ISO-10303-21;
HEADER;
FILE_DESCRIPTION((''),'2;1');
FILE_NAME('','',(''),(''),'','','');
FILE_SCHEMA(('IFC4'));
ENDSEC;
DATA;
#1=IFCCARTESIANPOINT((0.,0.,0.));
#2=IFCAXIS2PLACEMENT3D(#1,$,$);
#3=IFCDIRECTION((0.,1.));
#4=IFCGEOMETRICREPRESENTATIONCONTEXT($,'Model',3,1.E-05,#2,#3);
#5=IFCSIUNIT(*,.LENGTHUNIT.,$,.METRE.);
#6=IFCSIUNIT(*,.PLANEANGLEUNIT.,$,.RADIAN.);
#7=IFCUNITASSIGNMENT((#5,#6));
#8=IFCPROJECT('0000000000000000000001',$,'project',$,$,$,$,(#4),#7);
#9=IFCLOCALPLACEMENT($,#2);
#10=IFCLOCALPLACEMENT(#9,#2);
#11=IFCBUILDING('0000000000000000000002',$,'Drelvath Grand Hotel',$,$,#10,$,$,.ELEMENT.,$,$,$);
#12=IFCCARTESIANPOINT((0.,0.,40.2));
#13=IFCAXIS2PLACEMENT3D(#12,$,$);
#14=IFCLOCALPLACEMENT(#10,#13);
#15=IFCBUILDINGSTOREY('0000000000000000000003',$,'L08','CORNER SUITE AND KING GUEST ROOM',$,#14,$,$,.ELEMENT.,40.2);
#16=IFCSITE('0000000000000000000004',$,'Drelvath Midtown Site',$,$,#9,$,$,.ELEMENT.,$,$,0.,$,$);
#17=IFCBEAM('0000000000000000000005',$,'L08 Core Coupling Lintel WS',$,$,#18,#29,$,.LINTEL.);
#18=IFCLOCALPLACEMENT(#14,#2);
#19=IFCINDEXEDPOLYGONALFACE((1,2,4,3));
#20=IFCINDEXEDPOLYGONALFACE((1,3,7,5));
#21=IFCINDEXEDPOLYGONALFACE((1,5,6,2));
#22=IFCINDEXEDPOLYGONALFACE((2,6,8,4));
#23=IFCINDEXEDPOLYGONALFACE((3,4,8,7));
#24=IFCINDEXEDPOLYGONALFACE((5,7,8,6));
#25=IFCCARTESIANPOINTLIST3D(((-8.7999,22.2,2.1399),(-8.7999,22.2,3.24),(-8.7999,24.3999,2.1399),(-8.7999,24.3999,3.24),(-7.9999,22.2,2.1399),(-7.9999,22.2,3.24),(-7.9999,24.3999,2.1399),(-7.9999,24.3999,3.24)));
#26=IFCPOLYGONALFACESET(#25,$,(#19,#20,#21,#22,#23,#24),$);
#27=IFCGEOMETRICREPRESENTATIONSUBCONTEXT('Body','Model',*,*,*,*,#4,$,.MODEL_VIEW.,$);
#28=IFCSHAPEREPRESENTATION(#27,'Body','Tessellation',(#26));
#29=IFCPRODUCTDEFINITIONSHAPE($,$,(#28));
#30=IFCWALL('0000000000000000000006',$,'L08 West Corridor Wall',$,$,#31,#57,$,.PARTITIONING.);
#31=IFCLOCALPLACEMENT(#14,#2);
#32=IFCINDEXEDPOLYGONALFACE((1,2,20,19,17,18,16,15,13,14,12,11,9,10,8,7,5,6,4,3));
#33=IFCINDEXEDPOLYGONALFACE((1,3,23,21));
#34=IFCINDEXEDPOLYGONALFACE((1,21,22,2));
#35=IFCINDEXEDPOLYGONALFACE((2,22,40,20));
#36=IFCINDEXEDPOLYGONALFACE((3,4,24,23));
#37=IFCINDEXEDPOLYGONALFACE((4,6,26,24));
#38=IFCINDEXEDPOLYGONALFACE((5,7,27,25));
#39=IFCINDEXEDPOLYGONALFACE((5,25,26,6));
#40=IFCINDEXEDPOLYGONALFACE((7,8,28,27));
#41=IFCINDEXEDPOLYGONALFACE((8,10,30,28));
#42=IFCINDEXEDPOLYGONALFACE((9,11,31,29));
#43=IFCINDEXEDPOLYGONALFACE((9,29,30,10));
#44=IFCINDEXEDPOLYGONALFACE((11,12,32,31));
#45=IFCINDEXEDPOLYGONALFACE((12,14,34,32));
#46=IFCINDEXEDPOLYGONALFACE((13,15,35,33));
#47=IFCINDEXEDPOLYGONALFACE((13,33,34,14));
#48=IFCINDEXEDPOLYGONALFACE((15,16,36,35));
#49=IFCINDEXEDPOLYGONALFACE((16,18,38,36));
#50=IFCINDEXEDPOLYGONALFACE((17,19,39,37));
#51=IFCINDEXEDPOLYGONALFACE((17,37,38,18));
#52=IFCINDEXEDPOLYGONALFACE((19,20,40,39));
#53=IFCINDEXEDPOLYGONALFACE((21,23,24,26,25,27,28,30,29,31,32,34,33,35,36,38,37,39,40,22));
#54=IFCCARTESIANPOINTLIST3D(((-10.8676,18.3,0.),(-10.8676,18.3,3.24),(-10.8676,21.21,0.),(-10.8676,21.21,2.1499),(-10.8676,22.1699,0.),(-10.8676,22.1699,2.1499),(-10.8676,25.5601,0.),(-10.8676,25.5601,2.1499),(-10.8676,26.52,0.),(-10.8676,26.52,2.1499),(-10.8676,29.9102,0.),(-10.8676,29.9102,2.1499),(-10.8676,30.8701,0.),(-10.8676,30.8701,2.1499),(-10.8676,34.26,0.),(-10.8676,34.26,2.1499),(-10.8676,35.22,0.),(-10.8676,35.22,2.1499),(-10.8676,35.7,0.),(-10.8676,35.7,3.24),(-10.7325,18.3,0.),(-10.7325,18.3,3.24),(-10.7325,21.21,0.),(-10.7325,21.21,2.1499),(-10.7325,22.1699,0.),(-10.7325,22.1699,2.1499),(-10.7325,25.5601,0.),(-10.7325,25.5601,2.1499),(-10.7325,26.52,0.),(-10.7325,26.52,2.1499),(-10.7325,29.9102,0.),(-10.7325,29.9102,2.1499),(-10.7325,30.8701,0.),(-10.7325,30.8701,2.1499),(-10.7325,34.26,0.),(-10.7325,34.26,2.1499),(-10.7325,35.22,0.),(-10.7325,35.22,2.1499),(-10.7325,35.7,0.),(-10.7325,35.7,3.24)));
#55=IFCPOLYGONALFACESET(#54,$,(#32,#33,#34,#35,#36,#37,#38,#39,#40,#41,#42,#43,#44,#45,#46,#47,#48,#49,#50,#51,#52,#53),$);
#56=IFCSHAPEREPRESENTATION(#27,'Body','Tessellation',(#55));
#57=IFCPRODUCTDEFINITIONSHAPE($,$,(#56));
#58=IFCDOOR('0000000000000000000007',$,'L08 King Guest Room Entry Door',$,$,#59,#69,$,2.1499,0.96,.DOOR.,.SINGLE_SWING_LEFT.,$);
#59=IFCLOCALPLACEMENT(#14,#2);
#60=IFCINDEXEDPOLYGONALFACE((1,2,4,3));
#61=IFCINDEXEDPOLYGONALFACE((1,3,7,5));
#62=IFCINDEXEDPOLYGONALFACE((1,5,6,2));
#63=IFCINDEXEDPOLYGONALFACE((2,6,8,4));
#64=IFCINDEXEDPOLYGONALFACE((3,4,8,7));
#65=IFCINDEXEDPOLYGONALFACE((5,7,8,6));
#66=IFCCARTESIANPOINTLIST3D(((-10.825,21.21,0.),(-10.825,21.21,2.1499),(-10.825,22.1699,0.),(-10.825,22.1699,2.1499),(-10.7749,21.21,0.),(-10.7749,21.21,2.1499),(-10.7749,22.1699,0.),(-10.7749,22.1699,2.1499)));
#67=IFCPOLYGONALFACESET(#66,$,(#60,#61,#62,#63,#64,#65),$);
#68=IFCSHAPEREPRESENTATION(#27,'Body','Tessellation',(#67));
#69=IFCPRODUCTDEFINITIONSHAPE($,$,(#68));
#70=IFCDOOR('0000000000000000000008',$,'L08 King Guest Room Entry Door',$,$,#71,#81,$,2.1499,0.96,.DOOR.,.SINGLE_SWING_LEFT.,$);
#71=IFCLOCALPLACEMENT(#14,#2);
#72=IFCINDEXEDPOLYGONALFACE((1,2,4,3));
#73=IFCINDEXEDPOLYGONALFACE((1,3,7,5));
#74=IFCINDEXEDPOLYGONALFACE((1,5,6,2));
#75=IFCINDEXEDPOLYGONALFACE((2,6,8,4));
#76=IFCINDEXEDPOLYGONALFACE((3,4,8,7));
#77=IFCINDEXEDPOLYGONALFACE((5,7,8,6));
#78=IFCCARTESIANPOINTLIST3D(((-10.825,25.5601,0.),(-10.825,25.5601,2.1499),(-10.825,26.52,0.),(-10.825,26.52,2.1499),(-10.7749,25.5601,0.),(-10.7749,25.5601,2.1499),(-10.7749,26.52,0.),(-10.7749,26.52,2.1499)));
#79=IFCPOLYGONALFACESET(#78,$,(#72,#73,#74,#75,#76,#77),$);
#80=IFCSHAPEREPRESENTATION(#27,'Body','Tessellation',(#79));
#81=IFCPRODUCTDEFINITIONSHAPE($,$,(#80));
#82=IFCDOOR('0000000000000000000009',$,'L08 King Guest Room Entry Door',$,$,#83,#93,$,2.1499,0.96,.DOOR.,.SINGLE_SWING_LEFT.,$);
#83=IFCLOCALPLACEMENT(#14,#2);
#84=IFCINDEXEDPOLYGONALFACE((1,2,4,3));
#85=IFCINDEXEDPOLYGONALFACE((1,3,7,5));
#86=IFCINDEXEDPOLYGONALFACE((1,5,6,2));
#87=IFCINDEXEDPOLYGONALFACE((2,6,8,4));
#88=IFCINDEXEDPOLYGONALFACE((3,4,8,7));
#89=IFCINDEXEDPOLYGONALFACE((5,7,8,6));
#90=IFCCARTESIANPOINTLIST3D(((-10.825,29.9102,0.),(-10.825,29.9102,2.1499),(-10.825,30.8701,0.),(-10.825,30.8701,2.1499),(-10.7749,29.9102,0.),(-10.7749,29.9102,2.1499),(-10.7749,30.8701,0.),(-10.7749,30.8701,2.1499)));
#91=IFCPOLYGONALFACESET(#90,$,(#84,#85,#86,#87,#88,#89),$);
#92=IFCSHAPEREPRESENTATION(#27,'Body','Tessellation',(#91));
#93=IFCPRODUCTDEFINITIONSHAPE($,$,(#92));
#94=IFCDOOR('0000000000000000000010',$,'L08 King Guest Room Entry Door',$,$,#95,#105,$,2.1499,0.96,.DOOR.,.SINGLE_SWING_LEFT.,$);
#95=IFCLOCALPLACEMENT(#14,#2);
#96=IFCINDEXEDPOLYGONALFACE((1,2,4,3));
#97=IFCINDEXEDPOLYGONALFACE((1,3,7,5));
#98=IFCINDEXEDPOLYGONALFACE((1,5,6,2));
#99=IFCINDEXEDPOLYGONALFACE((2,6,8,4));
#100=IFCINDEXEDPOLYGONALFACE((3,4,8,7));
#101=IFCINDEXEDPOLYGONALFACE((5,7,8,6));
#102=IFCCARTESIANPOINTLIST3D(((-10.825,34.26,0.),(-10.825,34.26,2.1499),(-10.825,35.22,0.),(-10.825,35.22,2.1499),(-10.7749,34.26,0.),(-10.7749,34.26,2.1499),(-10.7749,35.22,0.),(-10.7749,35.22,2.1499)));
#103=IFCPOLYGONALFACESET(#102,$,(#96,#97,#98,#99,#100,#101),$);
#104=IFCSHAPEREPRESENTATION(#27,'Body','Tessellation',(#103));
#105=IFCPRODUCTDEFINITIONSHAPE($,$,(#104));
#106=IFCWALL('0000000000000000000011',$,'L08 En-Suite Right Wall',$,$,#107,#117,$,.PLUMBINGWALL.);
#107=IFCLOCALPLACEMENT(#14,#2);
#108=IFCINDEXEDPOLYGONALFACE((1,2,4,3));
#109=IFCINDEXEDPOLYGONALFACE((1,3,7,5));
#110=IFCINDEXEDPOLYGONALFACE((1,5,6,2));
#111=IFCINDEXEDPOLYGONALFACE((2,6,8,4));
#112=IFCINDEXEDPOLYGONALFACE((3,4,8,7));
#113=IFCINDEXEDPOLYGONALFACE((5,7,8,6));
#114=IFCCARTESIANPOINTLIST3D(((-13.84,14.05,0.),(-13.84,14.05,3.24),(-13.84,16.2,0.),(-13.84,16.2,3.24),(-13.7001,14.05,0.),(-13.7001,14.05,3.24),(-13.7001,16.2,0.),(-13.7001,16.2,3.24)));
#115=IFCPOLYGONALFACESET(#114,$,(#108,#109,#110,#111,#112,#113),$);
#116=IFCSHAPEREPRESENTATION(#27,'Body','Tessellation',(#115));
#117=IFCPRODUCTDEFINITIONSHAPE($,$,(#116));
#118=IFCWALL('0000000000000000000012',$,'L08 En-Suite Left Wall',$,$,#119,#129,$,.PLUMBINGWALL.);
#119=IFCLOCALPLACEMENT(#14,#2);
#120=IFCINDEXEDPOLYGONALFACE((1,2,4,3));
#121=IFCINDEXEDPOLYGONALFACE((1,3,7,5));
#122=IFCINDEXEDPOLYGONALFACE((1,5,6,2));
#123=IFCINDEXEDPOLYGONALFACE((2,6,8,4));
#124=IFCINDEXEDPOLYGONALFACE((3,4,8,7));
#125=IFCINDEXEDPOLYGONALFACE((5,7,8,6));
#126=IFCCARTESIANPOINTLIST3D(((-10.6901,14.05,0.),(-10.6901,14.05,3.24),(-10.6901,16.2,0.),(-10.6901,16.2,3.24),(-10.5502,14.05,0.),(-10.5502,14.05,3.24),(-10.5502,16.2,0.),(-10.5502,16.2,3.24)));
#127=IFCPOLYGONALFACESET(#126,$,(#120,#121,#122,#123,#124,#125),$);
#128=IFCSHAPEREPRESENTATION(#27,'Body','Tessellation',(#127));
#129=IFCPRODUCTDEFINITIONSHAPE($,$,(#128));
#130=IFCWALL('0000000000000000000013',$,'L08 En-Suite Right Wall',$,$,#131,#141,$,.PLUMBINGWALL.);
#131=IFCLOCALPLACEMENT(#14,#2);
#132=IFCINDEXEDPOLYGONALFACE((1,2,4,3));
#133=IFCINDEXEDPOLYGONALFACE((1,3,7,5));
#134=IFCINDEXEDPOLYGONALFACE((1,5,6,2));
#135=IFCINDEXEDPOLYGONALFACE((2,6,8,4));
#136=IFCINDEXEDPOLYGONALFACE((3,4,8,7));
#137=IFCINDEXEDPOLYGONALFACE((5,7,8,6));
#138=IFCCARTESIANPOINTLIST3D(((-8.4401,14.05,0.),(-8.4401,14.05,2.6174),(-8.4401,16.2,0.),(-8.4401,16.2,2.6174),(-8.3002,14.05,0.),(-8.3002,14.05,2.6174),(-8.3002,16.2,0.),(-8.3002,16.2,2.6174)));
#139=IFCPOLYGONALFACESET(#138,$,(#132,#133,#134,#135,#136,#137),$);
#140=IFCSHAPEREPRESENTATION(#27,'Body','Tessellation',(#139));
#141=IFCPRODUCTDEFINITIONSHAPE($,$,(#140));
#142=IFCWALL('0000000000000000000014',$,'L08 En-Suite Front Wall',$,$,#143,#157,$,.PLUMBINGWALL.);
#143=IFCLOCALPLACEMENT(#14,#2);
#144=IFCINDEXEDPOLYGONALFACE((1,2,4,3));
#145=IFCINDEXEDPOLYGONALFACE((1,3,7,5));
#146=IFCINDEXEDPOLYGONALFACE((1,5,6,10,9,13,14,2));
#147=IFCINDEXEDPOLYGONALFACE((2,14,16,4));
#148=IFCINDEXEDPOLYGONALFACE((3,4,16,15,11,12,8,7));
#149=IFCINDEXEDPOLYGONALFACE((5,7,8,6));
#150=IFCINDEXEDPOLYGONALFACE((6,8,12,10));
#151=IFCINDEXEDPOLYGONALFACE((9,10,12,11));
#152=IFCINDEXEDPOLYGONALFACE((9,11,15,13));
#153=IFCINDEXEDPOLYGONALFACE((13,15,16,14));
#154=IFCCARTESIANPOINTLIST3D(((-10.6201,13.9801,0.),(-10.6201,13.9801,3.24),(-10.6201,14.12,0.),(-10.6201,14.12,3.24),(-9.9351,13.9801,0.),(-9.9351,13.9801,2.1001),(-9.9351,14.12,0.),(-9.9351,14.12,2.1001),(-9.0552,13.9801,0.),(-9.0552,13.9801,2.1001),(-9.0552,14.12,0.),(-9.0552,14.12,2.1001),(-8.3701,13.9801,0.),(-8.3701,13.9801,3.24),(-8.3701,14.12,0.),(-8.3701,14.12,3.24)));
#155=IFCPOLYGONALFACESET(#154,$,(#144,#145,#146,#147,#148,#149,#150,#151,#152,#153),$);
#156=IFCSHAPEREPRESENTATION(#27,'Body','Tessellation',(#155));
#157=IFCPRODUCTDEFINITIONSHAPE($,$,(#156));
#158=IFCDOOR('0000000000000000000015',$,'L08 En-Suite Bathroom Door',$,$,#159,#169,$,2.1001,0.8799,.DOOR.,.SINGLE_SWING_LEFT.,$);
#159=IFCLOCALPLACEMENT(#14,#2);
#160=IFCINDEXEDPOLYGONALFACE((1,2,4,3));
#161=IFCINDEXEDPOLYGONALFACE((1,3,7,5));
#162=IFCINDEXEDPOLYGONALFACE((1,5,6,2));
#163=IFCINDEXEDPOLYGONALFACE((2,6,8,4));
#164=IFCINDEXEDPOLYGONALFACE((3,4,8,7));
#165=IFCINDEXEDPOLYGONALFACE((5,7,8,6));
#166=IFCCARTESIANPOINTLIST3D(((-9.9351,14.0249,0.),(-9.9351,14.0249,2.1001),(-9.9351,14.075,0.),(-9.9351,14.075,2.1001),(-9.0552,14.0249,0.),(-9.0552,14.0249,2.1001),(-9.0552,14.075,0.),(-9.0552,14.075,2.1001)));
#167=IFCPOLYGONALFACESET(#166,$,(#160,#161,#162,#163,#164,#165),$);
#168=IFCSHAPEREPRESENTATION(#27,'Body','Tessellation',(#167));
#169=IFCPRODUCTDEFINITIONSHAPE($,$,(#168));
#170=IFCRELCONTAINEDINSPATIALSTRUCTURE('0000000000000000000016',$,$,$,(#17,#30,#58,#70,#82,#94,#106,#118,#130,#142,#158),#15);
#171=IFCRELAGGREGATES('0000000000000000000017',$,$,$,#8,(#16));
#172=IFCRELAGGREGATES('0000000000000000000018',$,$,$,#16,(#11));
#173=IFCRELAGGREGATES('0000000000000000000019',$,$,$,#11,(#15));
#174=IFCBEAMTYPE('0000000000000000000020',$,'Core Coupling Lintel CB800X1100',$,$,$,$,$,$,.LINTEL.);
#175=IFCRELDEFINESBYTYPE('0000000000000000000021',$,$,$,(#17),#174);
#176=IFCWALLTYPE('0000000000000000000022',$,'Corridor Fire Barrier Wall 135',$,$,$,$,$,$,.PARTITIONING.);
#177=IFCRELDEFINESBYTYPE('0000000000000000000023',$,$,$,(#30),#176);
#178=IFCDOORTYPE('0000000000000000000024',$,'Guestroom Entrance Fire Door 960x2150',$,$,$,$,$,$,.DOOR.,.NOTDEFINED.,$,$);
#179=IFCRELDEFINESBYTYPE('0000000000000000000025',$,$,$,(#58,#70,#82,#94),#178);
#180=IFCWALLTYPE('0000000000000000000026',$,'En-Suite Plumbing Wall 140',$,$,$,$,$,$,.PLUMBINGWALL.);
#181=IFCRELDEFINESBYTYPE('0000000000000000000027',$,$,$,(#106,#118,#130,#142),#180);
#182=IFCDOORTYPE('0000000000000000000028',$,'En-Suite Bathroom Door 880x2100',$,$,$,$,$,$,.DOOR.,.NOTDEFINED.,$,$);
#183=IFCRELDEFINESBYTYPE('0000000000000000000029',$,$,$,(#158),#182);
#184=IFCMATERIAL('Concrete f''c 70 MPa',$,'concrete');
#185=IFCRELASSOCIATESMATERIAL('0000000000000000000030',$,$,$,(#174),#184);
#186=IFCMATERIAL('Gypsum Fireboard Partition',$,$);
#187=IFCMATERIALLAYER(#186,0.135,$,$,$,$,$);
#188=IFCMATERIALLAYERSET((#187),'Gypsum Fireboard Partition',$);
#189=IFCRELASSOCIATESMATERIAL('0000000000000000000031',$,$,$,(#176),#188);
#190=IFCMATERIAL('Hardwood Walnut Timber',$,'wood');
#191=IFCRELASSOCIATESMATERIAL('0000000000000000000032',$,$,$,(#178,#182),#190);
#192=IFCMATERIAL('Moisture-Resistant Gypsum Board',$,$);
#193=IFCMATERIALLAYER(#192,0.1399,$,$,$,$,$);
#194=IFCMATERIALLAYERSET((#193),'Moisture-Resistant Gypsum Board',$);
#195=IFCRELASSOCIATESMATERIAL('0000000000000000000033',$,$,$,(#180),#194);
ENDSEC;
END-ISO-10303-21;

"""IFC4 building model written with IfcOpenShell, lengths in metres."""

from ifc_helpers import new_model, si_unit, direction, frame, frame_2d, origin, origin_2d, place, context, subcontext, project, spatial, rectangle, extrude, material, layer, layer_set, material_profile, profile_set, type_object, element, fill, save


model = new_model("IFC4")

# Units and contexts
model_context = context("Model", 3, precision=1e-05, world=origin(), true_north=direction((0.0, 1.0)))
body_context = subcontext(model_context, "Body", "Model", "MODEL_VIEW")
ifc_project = project(units=[si_unit("LENGTHUNIT", "METRE"), si_unit("PLANEANGLEUNIT", "RADIAN")], contexts=[model_context])

# Site, building, storey
site_placement = place(None, origin())
site = spatial("IfcSite", under=ifc_project, at=site_placement, Name="Drelvath Midtown Site", CompositionType="ELEMENT", RefElevation=0.0)
building_placement = place(site_placement, origin())
building = spatial("IfcBuilding", under=site, at=building_placement, Name="Drelvath Grand Hotel", CompositionType="ELEMENT")
storey_placement = place(building_placement, frame((0.0, 0.0, 40.2)))
storey = spatial("IfcBuildingStorey", under=building, at=storey_placement, Name="L08", Description="CORNER SUITE AND KING GUEST ROOM", CompositionType="ELEMENT", Elevation=40.2)

# Beam
ifc_material_1 = material(Name="Concrete f'c 70 MPa", Category="concrete")
ifc_material_profile = material_profile(ifc_material_1, rectangle(XDim=0.8, YDim=1.1001, at=origin_2d()), Name="CB800X1100")
ifc_profile_set = profile_set([ifc_material_profile], Name="Concrete f'c 70 MPa")
beam_type = type_object("IfcBeamType", Name="Core Coupling Lintel CB800X1100", PredefinedType="LINTEL", material=ifc_profile_set)
beam_placement = place(storey_placement, frame((-8.3999, 22.2, 2.6899), z_axis=(0.0, 1.0, 0.0), x_axis=(-1.0, 0.0, 0.0)))
element("IfcBeam", 1, at=beam_placement, inside=storey, type_object=beam_type, Name="L08 Core Coupling Lintel WS", PredefinedType="LINTEL", context=body_context, shape_type="SweptSolid", body=[
    extrude(rectangle(XDim=0.8, YDim=1.1001, at=origin_2d()), origin(), (0.0, 0.0, 1.0), 2.2),
])

# Wall, openings, doors
ifc_material_2 = material(Name="Gypsum Fireboard Partition")
ifc_layer_1 = layer(ifc_material_2, 0.135)
ifc_layer_set_1 = layer_set([ifc_layer_1], Name="Gypsum Fireboard Partition")
wall_type_1 = type_object("IfcWallType", Name="Corridor Fire Barrier Wall 135", PredefinedType="PARTITIONING", material=ifc_layer_set_1)
wall_1_placement = place(storey_placement, frame((-10.8, 18.3, 0.0), z_axis=(0.0, 0.0, 1.0), x_axis=(0.0, 1.0, 0.0)))
wall_1 = element("IfcWall", 2, at=wall_1_placement, inside=storey, type_object=wall_type_1, Name="L08 West Corridor Wall", PredefinedType="PARTITIONING", context=body_context, shape_type="SweptSolid", body=[
    extrude(rectangle(XDim=17.3999, YDim=0.135, at=frame_2d((8.7, 0.0))), origin(), (0.0, 0.0, 1.0), 3.24),
])
opening_1_placement = place(wall_1_placement, frame((2.9099, 0.0, 0.0)))
opening_1 = element("IfcOpeningElement", 3, at=opening_1_placement, cuts=wall_1, PredefinedType="OPENING", context=body_context, shape_type="SweptSolid", body=[
    extrude(rectangle(XDim=0.96, YDim=2.1499, at=frame_2d((0.48, 1.075))), frame((0.0, 0.0774, 0.0), z_axis=(0.0, -1.0, 0.0), x_axis=(1.0, 0.0, 0.0)), (0.0, 0.0, 1.0), 0.155),
])
opening_2_placement = place(wall_1_placement, frame((7.26, 0.0, 0.0)))
opening_2 = element("IfcOpeningElement", 4, at=opening_2_placement, cuts=wall_1, PredefinedType="OPENING", context=body_context, shape_type="SweptSolid", body=[
    extrude(rectangle(XDim=0.96, YDim=2.1499, at=frame_2d((0.48, 1.075))), frame((0.0, 0.0774, 0.0), z_axis=(0.0, -1.0, 0.0), x_axis=(1.0, 0.0, 0.0)), (0.0, 0.0, 1.0), 0.155),
])
opening_3_placement = place(wall_1_placement, frame((11.6101, 0.0, 0.0)))
opening_3 = element("IfcOpeningElement", 5, at=opening_3_placement, cuts=wall_1, PredefinedType="OPENING", context=body_context, shape_type="SweptSolid", body=[
    extrude(rectangle(XDim=0.96, YDim=2.1499, at=frame_2d((0.48, 1.075))), frame((0.0, 0.0774, 0.0), z_axis=(0.0, -1.0, 0.0), x_axis=(1.0, 0.0, 0.0)), (0.0, 0.0, 1.0), 0.155),
])
opening_4_placement = place(wall_1_placement, frame((15.96, 0.0, 0.0)))
opening_4 = element("IfcOpeningElement", 6, at=opening_4_placement, cuts=wall_1, PredefinedType="OPENING", context=body_context, shape_type="SweptSolid", body=[
    extrude(rectangle(XDim=0.96, YDim=2.1499, at=frame_2d((0.48, 1.075))), frame((0.0, 0.0774, 0.0), z_axis=(0.0, -1.0, 0.0), x_axis=(1.0, 0.0, 0.0)), (0.0, 0.0, 1.0), 0.155),
])
ifc_material_3 = material(Name="Hardwood Walnut Timber", Category="wood")
door_type_1 = type_object("IfcDoorType", Name="Guestroom Entrance Fire Door 960x2150", OperationType="NOTDEFINED", PredefinedType="DOOR", material=ifc_material_3)
door_1_placement = place(opening_1_placement, origin())
door_1 = element("IfcDoor", 7, at=door_1_placement, inside=storey, type_object=door_type_1, Name="L08 King Guest Room Entry Door", OperationType="SINGLE_SWING_LEFT", OverallHeight=2.1499, OverallWidth=0.96, PredefinedType="DOOR", context=body_context, shape_type="SweptSolid", body=[
    extrude(rectangle(XDim=0.96, YDim=2.1499, at=frame_2d((0.48, 1.075))), frame((0.0, 0.0249, 0.0), z_axis=(0.0, -1.0, 0.0), x_axis=(1.0, 0.0, 0.0)), (0.0, 0.0, 1.0), 0.05),
])
fill(opening_1, door_1)
door_2_placement = place(opening_2_placement, origin())
door_2 = element("IfcDoor", 8, at=door_2_placement, inside=storey, type_object=door_type_1, Name="L08 King Guest Room Entry Door", OperationType="SINGLE_SWING_LEFT", OverallHeight=2.1499, OverallWidth=0.96, PredefinedType="DOOR", context=body_context, shape_type="SweptSolid", body=[
    extrude(rectangle(XDim=0.96, YDim=2.1499, at=frame_2d((0.48, 1.075))), frame((0.0, 0.0249, 0.0), z_axis=(0.0, -1.0, 0.0), x_axis=(1.0, 0.0, 0.0)), (0.0, 0.0, 1.0), 0.05),
])
fill(opening_2, door_2)
door_3_placement = place(opening_3_placement, origin())
door_3 = element("IfcDoor", 9, at=door_3_placement, inside=storey, type_object=door_type_1, Name="L08 King Guest Room Entry Door", OperationType="SINGLE_SWING_LEFT", OverallHeight=2.1499, OverallWidth=0.96, PredefinedType="DOOR", context=body_context, shape_type="SweptSolid", body=[
    extrude(rectangle(XDim=0.96, YDim=2.1499, at=frame_2d((0.48, 1.075))), frame((0.0, 0.0249, 0.0), z_axis=(0.0, -1.0, 0.0), x_axis=(1.0, 0.0, 0.0)), (0.0, 0.0, 1.0), 0.05),
])
fill(opening_3, door_3)
door_4_placement = place(opening_4_placement, origin())
door_4 = element("IfcDoor", 10, at=door_4_placement, inside=storey, type_object=door_type_1, Name="L08 King Guest Room Entry Door", OperationType="SINGLE_SWING_LEFT", OverallHeight=2.1499, OverallWidth=0.96, PredefinedType="DOOR", context=body_context, shape_type="SweptSolid", body=[
    extrude(rectangle(XDim=0.96, YDim=2.1499, at=frame_2d((0.48, 1.075))), frame((0.0, 0.0249, 0.0), z_axis=(0.0, -1.0, 0.0), x_axis=(1.0, 0.0, 0.0)), (0.0, 0.0, 1.0), 0.05),
])
fill(opening_4, door_4)

# Walls
ifc_material_4 = material(Name="Moisture-Resistant Gypsum Board")
ifc_layer_2 = layer(ifc_material_4, 0.1399)
ifc_layer_set_2 = layer_set([ifc_layer_2], Name="Moisture-Resistant Gypsum Board")
wall_type_2 = type_object("IfcWallType", Name="En-Suite Plumbing Wall 140", PredefinedType="PLUMBINGWALL", material=ifc_layer_set_2)
for number, where, z_axis, x_axis, name in (
    (11, (-13.77, 16.2, 0.0), (0.0, 0.0, 1.0), (0.0, -1.0, 0.0), "L08 En-Suite Right Wall"),
    (12, (-10.6201, 16.2, 0.0), (0.0, 0.0, 1.0), (0.0, -1.0, 0.0), "L08 En-Suite Left Wall"),
):
    element("IfcWall", number, at=place(storey_placement, frame(where, z_axis=z_axis, x_axis=x_axis)), inside=storey, type_object=wall_type_2, Name=name, PredefinedType="PLUMBINGWALL", context=body_context, shape_type="SweptSolid", body=[
        extrude(rectangle(XDim=2.1499, YDim=0.1399, at=frame_2d((1.075, 0.0))), origin(), (0.0, 0.0, 1.0), 3.24),
    ])
wall_2_placement = place(storey_placement, frame((-8.3701, 16.2, 0.0), z_axis=(0.0, 0.0, 1.0), x_axis=(0.0, -1.0, 0.0)))
element("IfcWall", 13, at=wall_2_placement, inside=storey, type_object=wall_type_2, Name="L08 En-Suite Right Wall", PredefinedType="PLUMBINGWALL", context=body_context, shape_type="SweptSolid", body=[
    extrude(rectangle(XDim=2.1499, YDim=0.1399, at=frame_2d((1.075, 0.0))), origin(), (0.0, 0.0, 1.0), 2.6174),
])

# Wall, opening, door
wall_3_placement = place(storey_placement, frame((-10.6201, 14.05, 0.0), z_axis=(0.0, 0.0, 1.0), x_axis=(1.0, 0.0, 0.0)))
wall_3 = element("IfcWall", 14, at=wall_3_placement, inside=storey, type_object=wall_type_2, Name="L08 En-Suite Front Wall", PredefinedType="PLUMBINGWALL", context=body_context, shape_type="SweptSolid", body=[
    extrude(rectangle(XDim=2.25, YDim=0.1399, at=frame_2d((1.125, 0.0))), origin(), (0.0, 0.0, 1.0), 3.24),
])
opening_5_placement = place(wall_3_placement, frame((0.6851, 0.0, 0.0)))
opening_5 = element("IfcOpeningElement", 15, at=opening_5_placement, cuts=wall_3, PredefinedType="OPENING", context=body_context, shape_type="SweptSolid", body=[
    extrude(rectangle(XDim=0.8799, YDim=2.1001, at=frame_2d((0.4399, 1.05))), frame((0.0, 0.0798, 0.0), z_axis=(0.0, -1.0, 0.0), x_axis=(1.0, 0.0, 0.0)), (0.0, 0.0, 1.0), 0.1599),
])
door_type_2 = type_object("IfcDoorType", Name="En-Suite Bathroom Door 880x2100", OperationType="NOTDEFINED", PredefinedType="DOOR", material=ifc_material_3)
door_5_placement = place(opening_5_placement, origin())
door_5 = element("IfcDoor", 16, at=door_5_placement, inside=storey, type_object=door_type_2, Name="L08 En-Suite Bathroom Door", OperationType="SINGLE_SWING_LEFT", OverallHeight=2.1001, OverallWidth=0.8799, PredefinedType="DOOR", context=body_context, shape_type="SweptSolid", body=[
    extrude(rectangle(XDim=0.8799, YDim=2.1001, at=frame_2d((0.4399, 1.05))), frame((0.0, 0.0249, 0.0), z_axis=(0.0, -1.0, 0.0), x_axis=(1.0, 0.0, 0.0)), (0.0, 0.0, 1.0), 0.05),
])
fill(opening_5, door_5)

save(model, "model.ifc")
